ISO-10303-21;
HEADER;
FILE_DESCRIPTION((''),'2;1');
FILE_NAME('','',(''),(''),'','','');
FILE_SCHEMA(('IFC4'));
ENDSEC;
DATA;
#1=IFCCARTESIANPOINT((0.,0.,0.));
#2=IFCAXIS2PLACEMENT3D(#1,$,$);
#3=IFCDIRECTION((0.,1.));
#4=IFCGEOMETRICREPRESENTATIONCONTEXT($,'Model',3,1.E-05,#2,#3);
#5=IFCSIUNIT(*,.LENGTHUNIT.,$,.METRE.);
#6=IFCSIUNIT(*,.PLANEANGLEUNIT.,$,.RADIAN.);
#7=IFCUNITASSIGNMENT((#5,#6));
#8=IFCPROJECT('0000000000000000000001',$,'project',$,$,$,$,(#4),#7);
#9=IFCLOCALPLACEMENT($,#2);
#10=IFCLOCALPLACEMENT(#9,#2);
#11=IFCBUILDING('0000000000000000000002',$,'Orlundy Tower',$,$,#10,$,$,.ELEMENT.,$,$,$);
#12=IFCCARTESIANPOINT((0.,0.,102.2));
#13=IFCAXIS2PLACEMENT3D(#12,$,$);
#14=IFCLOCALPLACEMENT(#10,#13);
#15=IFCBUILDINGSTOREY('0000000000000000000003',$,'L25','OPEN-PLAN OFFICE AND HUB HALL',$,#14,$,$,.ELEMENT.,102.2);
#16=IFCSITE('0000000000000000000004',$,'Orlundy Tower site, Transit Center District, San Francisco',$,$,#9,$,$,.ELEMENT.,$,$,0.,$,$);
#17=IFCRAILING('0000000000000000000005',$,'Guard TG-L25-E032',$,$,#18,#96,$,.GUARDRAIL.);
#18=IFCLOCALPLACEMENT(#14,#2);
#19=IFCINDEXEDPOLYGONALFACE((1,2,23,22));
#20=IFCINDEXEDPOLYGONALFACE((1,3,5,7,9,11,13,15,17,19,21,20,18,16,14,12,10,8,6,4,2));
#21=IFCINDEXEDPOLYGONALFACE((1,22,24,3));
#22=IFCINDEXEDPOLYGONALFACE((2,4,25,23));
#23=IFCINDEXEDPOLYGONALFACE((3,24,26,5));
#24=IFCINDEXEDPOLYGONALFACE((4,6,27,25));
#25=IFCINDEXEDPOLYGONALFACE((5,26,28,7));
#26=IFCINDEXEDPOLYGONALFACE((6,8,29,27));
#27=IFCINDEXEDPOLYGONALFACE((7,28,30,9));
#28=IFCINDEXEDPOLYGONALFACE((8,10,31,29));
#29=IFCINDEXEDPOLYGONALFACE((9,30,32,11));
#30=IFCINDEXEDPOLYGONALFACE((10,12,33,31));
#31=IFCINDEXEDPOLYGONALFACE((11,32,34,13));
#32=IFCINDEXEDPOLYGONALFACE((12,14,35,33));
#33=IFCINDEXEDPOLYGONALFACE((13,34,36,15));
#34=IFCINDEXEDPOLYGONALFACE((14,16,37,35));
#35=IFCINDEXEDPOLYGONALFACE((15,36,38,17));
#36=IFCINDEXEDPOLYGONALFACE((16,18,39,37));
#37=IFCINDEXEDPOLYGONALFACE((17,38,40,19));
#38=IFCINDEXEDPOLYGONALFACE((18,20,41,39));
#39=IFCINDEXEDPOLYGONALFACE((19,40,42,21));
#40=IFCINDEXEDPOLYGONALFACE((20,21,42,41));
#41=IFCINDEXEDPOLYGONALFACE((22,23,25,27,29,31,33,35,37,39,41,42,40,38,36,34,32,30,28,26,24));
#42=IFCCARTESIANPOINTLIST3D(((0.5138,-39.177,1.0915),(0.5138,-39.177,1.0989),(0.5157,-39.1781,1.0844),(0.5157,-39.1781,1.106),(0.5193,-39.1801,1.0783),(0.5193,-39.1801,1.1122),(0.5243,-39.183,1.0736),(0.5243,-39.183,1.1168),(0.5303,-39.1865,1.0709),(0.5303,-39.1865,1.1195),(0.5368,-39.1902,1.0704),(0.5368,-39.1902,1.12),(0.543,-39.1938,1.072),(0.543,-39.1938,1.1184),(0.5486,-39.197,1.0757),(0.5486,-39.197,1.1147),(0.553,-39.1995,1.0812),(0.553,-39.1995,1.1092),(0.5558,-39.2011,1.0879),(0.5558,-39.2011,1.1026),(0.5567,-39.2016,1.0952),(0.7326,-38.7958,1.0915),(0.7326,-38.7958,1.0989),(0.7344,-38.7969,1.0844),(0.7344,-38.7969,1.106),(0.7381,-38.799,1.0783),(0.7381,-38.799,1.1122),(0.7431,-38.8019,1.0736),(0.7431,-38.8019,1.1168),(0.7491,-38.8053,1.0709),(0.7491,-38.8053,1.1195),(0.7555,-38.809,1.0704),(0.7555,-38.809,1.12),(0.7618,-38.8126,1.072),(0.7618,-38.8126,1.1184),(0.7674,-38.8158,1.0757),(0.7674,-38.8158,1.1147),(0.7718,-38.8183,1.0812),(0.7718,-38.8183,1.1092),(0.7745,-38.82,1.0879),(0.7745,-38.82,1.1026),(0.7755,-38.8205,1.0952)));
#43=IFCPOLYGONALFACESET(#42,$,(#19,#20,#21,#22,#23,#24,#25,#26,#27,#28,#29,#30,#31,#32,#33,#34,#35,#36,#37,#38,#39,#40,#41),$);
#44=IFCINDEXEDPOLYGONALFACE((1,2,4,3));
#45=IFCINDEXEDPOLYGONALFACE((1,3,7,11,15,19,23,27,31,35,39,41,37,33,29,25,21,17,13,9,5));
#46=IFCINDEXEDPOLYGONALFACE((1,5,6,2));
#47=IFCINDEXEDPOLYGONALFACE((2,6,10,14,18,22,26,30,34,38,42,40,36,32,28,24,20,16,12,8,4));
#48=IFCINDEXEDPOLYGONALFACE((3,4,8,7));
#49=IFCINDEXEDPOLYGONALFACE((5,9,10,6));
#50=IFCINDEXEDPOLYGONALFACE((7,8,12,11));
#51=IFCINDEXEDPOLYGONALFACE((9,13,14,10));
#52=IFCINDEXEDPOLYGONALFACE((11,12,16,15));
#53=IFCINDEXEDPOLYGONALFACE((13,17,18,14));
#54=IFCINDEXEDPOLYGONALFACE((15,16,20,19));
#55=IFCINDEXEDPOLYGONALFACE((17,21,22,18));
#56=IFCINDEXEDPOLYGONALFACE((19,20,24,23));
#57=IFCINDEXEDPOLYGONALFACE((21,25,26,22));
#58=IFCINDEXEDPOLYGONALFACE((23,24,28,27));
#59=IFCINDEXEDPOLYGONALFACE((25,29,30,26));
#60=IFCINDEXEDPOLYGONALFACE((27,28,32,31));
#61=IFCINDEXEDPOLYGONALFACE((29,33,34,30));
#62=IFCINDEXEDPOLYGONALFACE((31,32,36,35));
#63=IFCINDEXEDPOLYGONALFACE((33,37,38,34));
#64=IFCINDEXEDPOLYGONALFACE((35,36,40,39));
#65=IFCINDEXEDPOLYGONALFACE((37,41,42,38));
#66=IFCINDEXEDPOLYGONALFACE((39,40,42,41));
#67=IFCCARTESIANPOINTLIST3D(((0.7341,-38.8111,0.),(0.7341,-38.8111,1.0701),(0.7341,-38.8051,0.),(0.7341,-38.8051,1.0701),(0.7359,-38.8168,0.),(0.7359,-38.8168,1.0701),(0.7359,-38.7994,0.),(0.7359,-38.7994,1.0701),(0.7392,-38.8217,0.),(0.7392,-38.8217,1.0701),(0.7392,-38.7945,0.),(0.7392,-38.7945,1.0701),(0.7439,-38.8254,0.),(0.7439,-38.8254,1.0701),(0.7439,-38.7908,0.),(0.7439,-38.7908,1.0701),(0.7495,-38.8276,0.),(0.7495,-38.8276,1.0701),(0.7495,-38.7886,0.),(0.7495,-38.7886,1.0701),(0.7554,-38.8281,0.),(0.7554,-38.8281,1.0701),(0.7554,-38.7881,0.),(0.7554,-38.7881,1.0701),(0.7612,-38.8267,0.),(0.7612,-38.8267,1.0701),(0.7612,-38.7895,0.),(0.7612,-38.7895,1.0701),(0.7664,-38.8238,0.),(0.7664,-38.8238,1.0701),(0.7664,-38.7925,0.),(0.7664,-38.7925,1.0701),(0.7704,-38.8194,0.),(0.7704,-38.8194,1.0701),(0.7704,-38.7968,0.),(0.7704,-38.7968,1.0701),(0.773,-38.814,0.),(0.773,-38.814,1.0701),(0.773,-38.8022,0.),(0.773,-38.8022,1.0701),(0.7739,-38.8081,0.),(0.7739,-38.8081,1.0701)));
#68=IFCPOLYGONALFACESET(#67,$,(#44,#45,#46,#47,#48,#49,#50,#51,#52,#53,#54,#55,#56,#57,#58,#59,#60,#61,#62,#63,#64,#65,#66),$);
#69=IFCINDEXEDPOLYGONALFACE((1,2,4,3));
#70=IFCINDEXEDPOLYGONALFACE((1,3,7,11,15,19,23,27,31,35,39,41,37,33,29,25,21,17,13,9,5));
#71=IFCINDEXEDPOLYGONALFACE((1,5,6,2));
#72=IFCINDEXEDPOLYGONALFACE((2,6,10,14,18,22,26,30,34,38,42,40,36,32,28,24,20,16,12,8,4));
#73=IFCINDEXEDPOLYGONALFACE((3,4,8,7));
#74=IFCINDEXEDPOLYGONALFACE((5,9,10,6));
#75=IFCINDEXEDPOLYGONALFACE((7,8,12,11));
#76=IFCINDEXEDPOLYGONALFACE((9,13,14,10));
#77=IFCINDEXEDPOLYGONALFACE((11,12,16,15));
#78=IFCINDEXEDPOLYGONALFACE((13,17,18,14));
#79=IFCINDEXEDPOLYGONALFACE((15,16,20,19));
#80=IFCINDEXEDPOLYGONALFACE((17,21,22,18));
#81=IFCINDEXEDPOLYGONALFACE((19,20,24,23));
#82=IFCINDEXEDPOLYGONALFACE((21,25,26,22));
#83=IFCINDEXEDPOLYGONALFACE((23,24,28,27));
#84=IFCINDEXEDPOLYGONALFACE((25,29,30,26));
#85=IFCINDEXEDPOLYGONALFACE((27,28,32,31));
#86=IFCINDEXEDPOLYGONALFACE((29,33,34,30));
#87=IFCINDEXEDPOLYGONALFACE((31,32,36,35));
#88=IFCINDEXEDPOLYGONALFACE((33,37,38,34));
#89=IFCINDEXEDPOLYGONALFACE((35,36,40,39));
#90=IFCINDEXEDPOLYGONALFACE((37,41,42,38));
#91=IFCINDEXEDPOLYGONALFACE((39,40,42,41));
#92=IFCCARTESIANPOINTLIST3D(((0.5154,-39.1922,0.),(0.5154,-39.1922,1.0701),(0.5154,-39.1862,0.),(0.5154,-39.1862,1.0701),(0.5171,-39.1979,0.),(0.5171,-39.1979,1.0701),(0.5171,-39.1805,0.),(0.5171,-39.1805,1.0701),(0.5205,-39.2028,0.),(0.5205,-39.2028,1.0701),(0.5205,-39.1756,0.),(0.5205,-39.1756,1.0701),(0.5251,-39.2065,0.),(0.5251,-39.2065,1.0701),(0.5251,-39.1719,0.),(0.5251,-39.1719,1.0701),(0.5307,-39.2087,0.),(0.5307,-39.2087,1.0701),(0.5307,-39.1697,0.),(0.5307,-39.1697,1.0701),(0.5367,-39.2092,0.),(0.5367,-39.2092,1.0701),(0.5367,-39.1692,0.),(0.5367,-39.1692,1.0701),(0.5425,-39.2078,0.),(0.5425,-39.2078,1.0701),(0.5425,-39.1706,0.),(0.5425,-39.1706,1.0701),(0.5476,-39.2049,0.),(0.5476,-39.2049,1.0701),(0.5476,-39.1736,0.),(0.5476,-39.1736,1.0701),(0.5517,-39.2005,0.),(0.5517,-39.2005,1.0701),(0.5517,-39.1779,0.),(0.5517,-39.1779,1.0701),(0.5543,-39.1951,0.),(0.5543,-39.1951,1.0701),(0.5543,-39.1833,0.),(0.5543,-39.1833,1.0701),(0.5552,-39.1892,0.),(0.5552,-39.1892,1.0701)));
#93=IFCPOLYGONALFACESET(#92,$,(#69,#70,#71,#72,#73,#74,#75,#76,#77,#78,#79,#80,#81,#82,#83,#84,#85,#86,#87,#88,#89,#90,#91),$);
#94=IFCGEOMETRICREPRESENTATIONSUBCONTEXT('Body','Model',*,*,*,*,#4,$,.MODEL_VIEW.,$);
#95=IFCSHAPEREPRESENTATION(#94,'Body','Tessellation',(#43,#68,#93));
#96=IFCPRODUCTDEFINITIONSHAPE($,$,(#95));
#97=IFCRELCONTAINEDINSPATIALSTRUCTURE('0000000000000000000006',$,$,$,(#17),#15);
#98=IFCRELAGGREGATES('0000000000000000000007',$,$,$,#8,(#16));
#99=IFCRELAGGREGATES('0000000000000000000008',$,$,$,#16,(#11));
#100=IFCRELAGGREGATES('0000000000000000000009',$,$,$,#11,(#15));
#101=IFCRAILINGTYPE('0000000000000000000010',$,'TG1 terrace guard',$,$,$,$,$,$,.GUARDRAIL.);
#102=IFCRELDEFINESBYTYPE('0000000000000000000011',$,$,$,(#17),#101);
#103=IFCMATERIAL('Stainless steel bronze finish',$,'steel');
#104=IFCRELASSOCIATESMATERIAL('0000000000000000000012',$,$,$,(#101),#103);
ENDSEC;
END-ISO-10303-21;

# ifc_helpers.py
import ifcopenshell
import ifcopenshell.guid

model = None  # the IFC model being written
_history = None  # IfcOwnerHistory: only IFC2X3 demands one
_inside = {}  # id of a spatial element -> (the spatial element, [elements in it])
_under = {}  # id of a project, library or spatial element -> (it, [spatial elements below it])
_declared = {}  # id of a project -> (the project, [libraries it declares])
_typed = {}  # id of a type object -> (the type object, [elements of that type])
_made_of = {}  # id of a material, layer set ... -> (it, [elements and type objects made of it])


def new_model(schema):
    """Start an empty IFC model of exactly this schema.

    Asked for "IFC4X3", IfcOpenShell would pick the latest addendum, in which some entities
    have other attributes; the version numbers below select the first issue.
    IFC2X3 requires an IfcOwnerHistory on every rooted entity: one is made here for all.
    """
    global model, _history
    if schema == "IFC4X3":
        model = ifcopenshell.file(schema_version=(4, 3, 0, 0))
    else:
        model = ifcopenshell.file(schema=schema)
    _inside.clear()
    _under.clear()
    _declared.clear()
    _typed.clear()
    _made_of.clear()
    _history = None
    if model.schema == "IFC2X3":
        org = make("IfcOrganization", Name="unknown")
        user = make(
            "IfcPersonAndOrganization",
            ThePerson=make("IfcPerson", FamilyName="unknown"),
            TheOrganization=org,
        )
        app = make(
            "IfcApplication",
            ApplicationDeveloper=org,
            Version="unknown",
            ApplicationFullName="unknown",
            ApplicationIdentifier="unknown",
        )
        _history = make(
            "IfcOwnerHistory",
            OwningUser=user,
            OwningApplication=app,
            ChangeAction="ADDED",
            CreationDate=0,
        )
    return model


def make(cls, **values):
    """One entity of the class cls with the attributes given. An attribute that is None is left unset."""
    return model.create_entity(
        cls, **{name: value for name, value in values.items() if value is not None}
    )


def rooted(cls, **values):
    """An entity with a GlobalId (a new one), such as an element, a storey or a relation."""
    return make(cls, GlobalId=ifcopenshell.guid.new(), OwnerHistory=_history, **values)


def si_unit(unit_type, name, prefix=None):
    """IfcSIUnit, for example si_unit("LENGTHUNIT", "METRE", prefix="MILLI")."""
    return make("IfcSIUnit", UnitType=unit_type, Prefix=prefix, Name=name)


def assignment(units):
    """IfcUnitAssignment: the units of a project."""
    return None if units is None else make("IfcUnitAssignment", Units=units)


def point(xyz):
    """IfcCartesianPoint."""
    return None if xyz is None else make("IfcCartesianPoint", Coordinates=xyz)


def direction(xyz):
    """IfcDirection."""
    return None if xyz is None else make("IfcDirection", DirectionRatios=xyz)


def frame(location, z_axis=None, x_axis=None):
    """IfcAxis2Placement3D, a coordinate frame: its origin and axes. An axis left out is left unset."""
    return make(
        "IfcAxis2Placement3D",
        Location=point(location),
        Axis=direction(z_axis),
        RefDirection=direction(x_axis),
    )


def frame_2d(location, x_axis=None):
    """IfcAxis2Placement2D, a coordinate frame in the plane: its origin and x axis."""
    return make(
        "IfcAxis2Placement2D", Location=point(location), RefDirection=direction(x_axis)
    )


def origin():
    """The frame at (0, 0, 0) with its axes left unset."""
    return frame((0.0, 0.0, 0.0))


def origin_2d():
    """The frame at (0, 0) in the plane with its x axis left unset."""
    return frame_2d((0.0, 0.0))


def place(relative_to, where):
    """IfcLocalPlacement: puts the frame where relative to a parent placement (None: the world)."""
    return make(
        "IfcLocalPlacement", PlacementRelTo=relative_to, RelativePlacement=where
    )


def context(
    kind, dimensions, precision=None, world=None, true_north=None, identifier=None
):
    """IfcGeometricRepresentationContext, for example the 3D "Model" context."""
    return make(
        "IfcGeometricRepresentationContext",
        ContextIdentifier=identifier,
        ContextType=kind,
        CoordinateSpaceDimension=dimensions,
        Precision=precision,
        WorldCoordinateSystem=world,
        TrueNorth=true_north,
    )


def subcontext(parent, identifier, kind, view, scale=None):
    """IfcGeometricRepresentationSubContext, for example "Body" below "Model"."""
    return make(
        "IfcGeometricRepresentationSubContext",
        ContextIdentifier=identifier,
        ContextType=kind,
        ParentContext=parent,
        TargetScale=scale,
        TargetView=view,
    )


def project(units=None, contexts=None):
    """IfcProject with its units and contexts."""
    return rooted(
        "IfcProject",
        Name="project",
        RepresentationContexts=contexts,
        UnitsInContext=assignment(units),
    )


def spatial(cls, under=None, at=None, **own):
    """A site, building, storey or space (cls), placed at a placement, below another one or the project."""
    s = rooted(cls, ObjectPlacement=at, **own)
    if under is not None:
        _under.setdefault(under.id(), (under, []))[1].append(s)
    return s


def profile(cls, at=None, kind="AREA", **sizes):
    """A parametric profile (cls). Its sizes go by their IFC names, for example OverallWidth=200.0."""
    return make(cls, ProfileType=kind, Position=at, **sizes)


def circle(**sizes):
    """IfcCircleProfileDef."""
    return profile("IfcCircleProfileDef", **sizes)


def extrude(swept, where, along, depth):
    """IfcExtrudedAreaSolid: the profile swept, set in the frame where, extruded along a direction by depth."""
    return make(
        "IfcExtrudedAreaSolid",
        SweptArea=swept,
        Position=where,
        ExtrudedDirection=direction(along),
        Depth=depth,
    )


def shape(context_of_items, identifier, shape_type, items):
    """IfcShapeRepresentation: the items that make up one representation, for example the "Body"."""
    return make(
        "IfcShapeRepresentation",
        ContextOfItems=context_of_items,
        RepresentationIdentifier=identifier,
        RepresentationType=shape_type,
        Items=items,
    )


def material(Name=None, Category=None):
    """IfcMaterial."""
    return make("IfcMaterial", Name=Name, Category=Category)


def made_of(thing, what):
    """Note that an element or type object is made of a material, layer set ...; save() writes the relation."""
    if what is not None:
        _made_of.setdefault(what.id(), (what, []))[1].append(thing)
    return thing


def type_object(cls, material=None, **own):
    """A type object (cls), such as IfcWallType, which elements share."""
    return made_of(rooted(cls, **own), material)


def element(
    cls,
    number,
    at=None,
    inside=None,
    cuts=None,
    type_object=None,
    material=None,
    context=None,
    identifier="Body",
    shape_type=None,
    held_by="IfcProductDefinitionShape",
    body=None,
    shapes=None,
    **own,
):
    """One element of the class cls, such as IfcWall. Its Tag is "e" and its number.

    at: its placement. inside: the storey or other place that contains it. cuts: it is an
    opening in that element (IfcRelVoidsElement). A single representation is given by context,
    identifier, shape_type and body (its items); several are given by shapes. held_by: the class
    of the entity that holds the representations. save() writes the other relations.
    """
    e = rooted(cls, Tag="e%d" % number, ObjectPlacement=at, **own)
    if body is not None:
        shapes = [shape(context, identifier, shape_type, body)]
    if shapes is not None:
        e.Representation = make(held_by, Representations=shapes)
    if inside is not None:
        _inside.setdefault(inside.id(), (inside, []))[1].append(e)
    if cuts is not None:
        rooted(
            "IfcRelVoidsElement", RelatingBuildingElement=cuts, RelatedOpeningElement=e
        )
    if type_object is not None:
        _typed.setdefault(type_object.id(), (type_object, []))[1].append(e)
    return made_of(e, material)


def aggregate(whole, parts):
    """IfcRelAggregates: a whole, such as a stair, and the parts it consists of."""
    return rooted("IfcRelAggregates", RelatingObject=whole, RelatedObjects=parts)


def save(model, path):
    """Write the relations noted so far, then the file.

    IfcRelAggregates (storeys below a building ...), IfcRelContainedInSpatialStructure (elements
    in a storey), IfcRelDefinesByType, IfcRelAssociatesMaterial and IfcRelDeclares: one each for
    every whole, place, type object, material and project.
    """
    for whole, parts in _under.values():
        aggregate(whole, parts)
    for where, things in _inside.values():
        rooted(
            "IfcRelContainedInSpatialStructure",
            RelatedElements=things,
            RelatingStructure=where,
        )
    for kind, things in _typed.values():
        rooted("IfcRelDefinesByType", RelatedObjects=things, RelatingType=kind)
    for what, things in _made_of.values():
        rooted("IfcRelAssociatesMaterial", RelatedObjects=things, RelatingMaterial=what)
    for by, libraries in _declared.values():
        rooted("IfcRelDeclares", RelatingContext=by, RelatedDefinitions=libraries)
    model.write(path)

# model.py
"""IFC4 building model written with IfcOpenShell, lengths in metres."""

from ifc_helpers import new_model, si_unit, direction, frame, origin, origin_2d, place, context, subcontext, project, spatial, circle, extrude, material, type_object, element, save


model = new_model("IFC4")

# Units and contexts
model_context = context("Model", 3, precision=1e-05, world=origin(), true_north=direction((0.0, 1.0)))
body_context = subcontext(model_context, "Body", "Model", "MODEL_VIEW")
ifc_project = project(units=[si_unit("LENGTHUNIT", "METRE"), si_unit("PLANEANGLEUNIT", "RADIAN")], contexts=[model_context])

# Site, building, storey
site_placement = place(None, origin())
site = spatial("IfcSite", under=ifc_project, at=site_placement, Name="Orlundy Tower site, Transit Center District, San Francisco", CompositionType="ELEMENT", RefElevation=0.0)
building_placement = place(site_placement, origin())
building = spatial("IfcBuilding", under=site, at=building_placement, Name="Orlundy Tower", CompositionType="ELEMENT")
storey_placement = place(building_placement, frame((0.0, 0.0, 102.2)))
storey = spatial("IfcBuildingStorey", under=building, at=storey_placement, Name="L25", Description="OPEN-PLAN OFFICE AND HUB HALL", CompositionType="ELEMENT", Elevation=102.2)

# Railing
ifc_material_1 = material(Name="Stainless steel bronze finish", Category="steel")
railing_type = type_object("IfcRailingType", Name="TG1 terrace guard", PredefinedType="GUARDRAIL", material=ifc_material_1)
railing_1_placement = place(storey_placement, frame((0.7539, -38.8081, 0.0)))
element("IfcRailing", 1, at=railing_1_placement, inside=storey, type_object=railing_type, Name="Guard TG-L25-E032", PredefinedType="GUARDRAIL", context=body_context, shape_type="SweptSolid", body=[
    extrude(circle(Radius=0.0249, at=origin_2d()), frame((0.0, 0.0, 1.0952), z_axis=(-0.497813, -0.867284, 0.0), x_axis=(0.867284, -0.497813, 0.0)), (0.0, 0.0, 1.0), 0.4395),
    extrude(circle(Radius=0.02, at=origin_2d()), origin(), (0.0, 0.0, 1.0), 1.0701),
    extrude(circle(Radius=0.02, at=origin_2d()), frame((-0.2188, -0.3811, 0.0)), (0.0, 0.0, 1.0), 1.0701),
])

save(model, "model.ifc")
